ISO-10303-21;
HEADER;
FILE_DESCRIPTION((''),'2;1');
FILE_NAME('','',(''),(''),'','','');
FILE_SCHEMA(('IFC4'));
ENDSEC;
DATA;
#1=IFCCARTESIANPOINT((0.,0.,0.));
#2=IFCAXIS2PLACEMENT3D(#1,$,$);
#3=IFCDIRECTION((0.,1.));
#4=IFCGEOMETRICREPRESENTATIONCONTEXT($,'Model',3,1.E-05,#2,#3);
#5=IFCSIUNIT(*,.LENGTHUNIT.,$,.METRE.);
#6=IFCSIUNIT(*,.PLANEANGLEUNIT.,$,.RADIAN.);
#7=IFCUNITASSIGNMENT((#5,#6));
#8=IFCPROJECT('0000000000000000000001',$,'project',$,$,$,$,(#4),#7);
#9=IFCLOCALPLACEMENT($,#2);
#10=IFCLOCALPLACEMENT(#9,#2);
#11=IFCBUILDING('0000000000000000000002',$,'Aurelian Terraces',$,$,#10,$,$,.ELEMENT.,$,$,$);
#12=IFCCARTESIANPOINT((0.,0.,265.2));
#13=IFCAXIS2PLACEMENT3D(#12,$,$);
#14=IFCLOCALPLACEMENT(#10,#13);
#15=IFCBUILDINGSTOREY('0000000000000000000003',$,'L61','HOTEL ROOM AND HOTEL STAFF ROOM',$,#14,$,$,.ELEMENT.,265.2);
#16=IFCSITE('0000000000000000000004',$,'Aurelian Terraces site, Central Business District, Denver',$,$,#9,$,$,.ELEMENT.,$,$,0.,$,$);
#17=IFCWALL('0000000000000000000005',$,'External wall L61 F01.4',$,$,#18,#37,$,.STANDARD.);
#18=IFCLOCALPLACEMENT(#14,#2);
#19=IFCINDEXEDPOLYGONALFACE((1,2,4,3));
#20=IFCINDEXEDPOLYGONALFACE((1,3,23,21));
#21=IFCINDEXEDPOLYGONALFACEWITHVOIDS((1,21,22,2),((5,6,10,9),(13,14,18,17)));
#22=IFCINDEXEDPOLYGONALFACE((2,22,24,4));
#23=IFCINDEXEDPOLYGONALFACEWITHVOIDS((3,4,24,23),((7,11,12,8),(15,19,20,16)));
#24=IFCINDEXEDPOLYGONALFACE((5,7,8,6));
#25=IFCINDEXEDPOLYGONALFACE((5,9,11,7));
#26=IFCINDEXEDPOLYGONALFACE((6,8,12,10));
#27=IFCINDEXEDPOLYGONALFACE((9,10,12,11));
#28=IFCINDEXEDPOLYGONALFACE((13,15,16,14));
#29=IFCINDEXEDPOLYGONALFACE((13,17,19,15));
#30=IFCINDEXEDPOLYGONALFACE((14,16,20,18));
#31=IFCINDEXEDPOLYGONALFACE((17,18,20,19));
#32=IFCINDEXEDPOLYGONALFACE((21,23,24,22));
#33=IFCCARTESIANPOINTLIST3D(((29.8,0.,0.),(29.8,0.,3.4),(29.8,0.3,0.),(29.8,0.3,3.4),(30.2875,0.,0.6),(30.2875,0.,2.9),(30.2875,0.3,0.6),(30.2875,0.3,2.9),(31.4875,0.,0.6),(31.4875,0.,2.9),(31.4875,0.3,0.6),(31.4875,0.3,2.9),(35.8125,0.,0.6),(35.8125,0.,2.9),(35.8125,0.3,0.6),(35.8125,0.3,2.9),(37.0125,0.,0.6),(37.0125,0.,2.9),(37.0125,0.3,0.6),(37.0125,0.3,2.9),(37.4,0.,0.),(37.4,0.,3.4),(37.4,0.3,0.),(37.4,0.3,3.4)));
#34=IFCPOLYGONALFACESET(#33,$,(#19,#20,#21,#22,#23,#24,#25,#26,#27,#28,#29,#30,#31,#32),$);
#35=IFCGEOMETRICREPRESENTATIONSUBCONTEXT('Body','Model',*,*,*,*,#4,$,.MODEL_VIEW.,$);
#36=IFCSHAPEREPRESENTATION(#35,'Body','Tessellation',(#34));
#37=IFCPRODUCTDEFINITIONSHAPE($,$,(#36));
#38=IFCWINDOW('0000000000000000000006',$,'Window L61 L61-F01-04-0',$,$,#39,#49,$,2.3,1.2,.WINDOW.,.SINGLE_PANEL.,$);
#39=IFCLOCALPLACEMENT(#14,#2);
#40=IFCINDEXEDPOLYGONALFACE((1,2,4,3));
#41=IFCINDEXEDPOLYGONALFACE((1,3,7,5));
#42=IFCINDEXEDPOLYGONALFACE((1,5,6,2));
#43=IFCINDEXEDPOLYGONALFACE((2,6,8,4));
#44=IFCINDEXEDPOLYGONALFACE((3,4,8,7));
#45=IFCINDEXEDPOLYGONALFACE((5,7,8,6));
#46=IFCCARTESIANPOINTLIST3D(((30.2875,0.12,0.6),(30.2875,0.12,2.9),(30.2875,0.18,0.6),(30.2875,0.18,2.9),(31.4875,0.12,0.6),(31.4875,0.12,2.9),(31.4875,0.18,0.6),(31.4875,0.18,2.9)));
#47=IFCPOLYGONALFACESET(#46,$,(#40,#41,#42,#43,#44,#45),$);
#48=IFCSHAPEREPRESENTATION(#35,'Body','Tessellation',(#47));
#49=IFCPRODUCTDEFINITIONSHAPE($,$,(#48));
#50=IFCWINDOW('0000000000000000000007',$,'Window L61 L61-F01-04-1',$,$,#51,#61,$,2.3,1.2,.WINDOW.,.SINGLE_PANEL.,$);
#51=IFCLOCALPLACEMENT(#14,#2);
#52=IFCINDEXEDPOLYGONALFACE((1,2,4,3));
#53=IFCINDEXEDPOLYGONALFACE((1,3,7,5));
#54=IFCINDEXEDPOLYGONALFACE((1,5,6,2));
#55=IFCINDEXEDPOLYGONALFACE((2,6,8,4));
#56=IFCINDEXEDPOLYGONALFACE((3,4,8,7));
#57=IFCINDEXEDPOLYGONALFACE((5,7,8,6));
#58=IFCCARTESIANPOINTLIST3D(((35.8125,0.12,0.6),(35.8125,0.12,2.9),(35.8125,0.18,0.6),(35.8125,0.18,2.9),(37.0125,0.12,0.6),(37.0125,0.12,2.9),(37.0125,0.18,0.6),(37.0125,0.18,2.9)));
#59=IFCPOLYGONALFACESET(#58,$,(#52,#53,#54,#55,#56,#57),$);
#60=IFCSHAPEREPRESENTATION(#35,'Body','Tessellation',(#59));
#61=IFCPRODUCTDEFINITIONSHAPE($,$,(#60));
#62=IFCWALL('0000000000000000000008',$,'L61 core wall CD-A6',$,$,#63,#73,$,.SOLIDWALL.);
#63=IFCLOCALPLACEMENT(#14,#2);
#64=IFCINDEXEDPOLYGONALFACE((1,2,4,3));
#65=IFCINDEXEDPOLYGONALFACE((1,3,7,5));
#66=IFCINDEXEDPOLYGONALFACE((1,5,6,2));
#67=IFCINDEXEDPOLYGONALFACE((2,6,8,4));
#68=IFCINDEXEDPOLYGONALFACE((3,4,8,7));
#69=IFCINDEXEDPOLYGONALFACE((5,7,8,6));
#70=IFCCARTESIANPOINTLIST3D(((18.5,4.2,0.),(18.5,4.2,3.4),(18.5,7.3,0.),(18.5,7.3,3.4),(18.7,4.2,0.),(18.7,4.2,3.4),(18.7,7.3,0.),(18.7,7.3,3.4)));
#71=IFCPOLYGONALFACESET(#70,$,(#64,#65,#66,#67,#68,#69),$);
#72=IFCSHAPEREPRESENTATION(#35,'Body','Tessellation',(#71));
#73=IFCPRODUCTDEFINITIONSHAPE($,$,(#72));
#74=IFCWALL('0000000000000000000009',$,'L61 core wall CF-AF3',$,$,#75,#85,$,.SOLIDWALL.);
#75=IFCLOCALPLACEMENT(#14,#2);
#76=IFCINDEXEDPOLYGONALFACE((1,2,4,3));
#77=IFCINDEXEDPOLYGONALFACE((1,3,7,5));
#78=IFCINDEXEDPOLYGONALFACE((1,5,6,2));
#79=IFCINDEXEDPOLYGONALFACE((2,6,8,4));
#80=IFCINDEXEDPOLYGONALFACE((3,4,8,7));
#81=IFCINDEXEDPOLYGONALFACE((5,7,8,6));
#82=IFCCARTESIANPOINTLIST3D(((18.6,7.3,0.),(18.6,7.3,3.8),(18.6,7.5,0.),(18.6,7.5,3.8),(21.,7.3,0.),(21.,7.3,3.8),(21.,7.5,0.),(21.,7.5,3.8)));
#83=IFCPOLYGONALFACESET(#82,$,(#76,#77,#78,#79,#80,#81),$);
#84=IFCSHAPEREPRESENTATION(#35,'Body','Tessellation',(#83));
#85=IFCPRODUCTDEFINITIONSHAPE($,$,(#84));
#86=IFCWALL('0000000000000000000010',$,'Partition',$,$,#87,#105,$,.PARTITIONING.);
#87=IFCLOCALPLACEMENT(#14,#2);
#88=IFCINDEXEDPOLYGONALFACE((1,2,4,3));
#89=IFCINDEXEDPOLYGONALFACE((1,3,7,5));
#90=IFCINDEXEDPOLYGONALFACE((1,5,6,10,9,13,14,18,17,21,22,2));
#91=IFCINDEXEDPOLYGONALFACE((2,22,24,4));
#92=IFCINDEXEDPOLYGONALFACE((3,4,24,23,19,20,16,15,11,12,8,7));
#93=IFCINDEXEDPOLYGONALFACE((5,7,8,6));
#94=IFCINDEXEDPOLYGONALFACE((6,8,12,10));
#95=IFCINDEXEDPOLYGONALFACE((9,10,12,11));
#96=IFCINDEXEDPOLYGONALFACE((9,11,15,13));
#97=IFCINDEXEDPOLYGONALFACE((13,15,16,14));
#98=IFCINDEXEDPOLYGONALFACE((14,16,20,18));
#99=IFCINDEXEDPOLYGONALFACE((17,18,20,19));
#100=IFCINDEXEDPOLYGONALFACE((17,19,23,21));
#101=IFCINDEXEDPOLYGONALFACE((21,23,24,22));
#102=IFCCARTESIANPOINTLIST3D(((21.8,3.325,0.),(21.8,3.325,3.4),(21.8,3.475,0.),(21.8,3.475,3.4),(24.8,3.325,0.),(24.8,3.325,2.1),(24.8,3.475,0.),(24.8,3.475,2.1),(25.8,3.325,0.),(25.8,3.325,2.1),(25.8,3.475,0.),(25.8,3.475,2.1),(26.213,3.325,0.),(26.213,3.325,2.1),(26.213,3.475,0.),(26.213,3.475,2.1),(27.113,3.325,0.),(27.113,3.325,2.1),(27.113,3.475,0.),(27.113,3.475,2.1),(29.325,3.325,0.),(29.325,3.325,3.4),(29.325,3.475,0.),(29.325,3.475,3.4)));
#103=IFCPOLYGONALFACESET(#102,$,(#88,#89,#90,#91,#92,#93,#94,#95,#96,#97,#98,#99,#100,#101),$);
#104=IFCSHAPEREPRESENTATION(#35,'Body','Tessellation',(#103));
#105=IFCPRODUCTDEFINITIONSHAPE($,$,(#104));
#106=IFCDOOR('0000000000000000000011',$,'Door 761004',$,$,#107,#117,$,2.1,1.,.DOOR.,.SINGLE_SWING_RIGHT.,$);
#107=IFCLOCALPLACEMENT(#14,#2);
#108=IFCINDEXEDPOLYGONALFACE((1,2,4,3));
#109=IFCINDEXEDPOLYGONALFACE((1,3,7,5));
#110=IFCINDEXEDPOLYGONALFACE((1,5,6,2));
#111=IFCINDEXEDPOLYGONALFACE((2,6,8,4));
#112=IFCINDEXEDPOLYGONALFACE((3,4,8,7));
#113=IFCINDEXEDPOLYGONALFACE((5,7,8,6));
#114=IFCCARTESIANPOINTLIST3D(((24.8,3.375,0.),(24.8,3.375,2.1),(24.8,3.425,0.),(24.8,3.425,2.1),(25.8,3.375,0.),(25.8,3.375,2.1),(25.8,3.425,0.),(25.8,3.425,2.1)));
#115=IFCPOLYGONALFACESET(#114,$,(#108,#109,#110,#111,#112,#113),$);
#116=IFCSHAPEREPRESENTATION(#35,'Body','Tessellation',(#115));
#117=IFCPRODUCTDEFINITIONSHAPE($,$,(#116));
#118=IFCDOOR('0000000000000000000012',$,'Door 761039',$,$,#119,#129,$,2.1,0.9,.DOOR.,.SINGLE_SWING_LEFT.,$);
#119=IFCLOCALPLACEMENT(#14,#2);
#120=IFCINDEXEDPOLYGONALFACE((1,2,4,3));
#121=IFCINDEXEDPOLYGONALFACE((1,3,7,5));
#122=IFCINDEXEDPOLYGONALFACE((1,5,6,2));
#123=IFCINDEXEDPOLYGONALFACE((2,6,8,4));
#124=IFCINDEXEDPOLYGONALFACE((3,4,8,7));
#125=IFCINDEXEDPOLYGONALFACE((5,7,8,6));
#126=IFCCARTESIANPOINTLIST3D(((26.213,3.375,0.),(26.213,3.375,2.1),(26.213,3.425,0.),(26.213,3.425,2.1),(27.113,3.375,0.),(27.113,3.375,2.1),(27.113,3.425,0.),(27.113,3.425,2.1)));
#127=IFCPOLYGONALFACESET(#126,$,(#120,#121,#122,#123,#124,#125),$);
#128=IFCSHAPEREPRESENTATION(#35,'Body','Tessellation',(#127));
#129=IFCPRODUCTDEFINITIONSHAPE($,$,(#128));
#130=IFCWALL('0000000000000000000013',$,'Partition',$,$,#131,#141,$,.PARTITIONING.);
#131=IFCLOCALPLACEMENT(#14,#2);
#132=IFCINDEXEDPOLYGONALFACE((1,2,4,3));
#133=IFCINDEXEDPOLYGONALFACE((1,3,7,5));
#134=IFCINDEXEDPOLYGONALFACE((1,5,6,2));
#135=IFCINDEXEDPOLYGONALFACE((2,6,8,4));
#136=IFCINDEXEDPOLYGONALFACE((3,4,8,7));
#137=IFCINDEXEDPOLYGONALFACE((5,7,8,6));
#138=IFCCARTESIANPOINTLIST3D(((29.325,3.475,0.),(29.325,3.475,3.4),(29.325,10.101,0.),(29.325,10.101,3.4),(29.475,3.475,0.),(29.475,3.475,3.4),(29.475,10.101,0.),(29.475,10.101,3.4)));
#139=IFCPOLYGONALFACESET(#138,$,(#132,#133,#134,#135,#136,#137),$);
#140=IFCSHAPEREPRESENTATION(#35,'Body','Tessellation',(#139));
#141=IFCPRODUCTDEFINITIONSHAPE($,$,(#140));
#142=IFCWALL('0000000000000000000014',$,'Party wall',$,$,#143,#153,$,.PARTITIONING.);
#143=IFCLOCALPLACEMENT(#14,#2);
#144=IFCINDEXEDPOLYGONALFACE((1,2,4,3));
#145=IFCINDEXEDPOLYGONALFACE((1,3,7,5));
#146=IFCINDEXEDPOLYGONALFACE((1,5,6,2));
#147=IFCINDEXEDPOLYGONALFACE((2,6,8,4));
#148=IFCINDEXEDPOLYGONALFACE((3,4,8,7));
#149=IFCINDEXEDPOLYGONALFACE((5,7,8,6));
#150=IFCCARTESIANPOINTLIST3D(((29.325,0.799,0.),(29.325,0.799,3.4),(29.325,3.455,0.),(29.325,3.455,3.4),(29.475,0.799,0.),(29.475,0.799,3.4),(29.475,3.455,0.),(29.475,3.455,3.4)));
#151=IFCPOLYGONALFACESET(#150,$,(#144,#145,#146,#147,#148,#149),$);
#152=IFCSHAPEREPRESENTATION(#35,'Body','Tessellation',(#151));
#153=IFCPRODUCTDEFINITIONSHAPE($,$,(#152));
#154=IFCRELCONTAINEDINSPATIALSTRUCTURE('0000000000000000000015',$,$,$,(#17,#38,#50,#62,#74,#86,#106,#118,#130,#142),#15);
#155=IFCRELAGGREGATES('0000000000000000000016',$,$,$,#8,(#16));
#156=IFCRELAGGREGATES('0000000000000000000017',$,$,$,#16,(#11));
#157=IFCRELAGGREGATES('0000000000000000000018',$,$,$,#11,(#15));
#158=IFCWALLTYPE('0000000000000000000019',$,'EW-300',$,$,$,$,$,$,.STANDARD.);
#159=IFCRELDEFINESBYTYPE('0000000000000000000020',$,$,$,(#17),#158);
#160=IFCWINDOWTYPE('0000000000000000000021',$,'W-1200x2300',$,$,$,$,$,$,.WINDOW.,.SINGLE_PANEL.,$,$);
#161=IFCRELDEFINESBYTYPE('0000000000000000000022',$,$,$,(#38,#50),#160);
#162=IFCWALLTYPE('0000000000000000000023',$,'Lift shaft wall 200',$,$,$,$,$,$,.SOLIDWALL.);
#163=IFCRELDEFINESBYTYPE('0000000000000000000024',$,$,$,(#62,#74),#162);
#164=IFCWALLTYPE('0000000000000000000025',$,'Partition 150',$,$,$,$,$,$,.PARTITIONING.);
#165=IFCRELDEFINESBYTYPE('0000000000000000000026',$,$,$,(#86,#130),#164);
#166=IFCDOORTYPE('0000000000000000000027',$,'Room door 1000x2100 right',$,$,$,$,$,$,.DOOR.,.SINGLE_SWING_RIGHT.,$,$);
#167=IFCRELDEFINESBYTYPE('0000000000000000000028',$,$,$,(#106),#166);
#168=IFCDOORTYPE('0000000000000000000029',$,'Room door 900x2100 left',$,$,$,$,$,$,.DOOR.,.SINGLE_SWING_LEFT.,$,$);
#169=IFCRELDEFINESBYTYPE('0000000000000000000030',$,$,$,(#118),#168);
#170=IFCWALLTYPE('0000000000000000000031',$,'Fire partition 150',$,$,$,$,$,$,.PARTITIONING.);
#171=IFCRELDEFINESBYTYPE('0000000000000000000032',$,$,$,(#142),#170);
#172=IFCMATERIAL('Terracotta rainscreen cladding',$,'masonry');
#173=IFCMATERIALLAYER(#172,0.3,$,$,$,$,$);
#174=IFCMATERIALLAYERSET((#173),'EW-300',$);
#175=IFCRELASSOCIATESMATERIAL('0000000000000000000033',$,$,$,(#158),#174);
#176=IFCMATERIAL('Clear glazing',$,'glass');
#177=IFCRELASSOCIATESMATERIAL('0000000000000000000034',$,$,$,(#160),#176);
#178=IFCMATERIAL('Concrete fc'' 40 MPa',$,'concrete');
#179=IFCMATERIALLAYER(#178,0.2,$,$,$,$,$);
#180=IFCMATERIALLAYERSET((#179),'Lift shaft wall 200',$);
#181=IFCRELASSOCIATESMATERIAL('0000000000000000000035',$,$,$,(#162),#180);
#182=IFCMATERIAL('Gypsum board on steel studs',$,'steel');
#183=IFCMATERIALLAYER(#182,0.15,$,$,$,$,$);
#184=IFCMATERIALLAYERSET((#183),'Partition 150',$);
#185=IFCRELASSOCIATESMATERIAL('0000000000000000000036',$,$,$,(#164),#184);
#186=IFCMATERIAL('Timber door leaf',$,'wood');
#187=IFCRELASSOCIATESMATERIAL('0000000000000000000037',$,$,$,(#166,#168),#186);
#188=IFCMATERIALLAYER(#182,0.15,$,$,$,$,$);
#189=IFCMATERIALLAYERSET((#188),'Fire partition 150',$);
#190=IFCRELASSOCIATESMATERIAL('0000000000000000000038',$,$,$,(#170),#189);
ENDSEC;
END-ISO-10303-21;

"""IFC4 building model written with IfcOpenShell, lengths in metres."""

from ifc_helpers import new_model, si_unit, direction, frame, frame_2d, origin, place, context, subcontext, project, spatial, rectangle, extrude, source, transform, mapped, material, layer, layer_set, type_object, element, fill, save


model = new_model("IFC4")

# Units and contexts
model_context = context("Model", 3, precision=1e-05, world=origin(), true_north=direction((0.0, 1.0)))
body_context = subcontext(model_context, "Body", "Model", "MODEL_VIEW")
ifc_project = project(units=[si_unit("LENGTHUNIT", "METRE"), si_unit("PLANEANGLEUNIT", "RADIAN")], contexts=[model_context])

# Site, building, storey
site_placement = place(None, origin())
site = spatial("IfcSite", under=ifc_project, at=site_placement, Name="Aurelian Terraces site, Central Business District, Denver", CompositionType="ELEMENT", RefElevation=0.0)
building_placement = place(site_placement, origin())
building = spatial("IfcBuilding", under=site, at=building_placement, Name="Aurelian Terraces", CompositionType="ELEMENT")
storey_placement = place(building_placement, frame((0.0, 0.0, 265.2)))
storey = spatial("IfcBuildingStorey", under=building, at=storey_placement, Name="L61", Description="HOTEL ROOM AND HOTEL STAFF ROOM", CompositionType="ELEMENT", Elevation=265.2)

# Wall, openings, windows
ifc_material_1 = material(Name="Terracotta rainscreen cladding", Category="masonry")
ifc_layer_1 = layer(ifc_material_1, 0.3)
ifc_layer_set_1 = layer_set([ifc_layer_1], Name="EW-300")
wall_type_1 = type_object("IfcWallType", Name="EW-300", PredefinedType="STANDARD", material=ifc_layer_set_1)
shared_shape_1 = source(origin(), body_context, "Body", "SweptSolid", [
    extrude(rectangle(XDim=7.6, YDim=0.3, at=frame_2d((3.8, 0.0))), origin(), (0.0, 0.0, 1.0), 3.4),
])
ifc_material_2 = material(Name="Clear glazing", Category="glass")
wall_1_placement = place(storey_placement, frame((29.8, 0.15, 0.0), z_axis=(0.0, 0.0, 1.0), x_axis=(1.0, 0.0, 0.0)))
wall_1 = element("IfcWall", 1, at=wall_1_placement, inside=storey, type_object=wall_type_1, Name="External wall L61 F01.4", PredefinedType="STANDARD", context=body_context, shape_type="MappedRepresentation", body=[
    mapped(shared_shape_1, transform((0.0, 0.0, 0.0), scale=1.0)),
])
shared_shape_2 = source(origin(), body_context, "Body", "SweptSolid", [
    extrude(rectangle(XDim=1.2, YDim=2.3, at=frame_2d((0.6, 1.15))), frame((0.0, 0.16, 0.0), z_axis=(0.0, -1.0, 0.0), x_axis=(1.0, 0.0, 0.0)), (0.0, 0.0, 1.0), 0.32),
])
opening_1_placement = place(wall_1_placement, frame((0.4875, 0.0, 0.6)))
opening_1 = element("IfcOpeningElement", 2, at=opening_1_placement, cuts=wall_1, PredefinedType="OPENING", context=body_context, shape_type="MappedRepresentation", body=[
    mapped(shared_shape_2, transform((0.0, 0.0, 0.0), scale=1.0)),
])
opening_2_placement = place(wall_1_placement, frame((6.0125, 0.0, 0.6)))
opening_2 = element("IfcOpeningElement", 3, at=opening_2_placement, cuts=wall_1, PredefinedType="OPENING", context=body_context, shape_type="MappedRepresentation", body=[
    mapped(shared_shape_2, transform((0.0, 0.0, 0.0), scale=1.0)),
])
window_type_1 = type_object("IfcWindowType", Name="W-1200x2300", PartitioningType="SINGLE_PANEL", PredefinedType="WINDOW", material=ifc_material_2)
shared_shape_3 = source(origin(), body_context, "Body", "SweptSolid", [
    extrude(rectangle(XDim=1.2, YDim=2.3, at=frame_2d((0.6, 1.15))), frame((0.0, 0.03, 0.0), z_axis=(0.0, -1.0, 0.0), x_axis=(1.0, 0.0, 0.0)), (0.0, 0.0, 1.0), 0.06),
])
window_1_placement = place(opening_1_placement, origin())
window_1 = element("IfcWindow", 4, at=window_1_placement, inside=storey, type_object=window_type_1, Name="Window L61 L61-F01-04-0", OverallHeight=2.3, OverallWidth=1.2, PartitioningType="SINGLE_PANEL", PredefinedType="WINDOW", context=body_context, shape_type="MappedRepresentation", body=[
    mapped(shared_shape_3, transform((0.0, 0.0, 0.0), scale=1.0)),
])
fill(opening_1, window_1)
window_2_placement = place(opening_2_placement, origin())
window_2 = element("IfcWindow", 5, at=window_2_placement, inside=storey, type_object=window_type_1, Name="Window L61 L61-F01-04-1", OverallHeight=2.3, OverallWidth=1.2, PartitioningType="SINGLE_PANEL", PredefinedType="WINDOW", context=body_context, shape_type="MappedRepresentation", body=[
    mapped(shared_shape_3, transform((0.0, 0.0, 0.0), scale=1.0)),
])
fill(opening_2, window_2)

# Walls
ifc_material_3 = material(Name="Concrete fc' 40 MPa", Category="concrete")
ifc_layer_2 = layer(ifc_material_3, 0.2)
ifc_layer_set_2 = layer_set([ifc_layer_2], Name="Lift shaft wall 200")
wall_type_2 = type_object("IfcWallType", Name="Lift shaft wall 200", PredefinedType="SOLIDWALL", material=ifc_layer_set_2)
shared_shape_4 = source(origin(), body_context, "Body", "SweptSolid", [
    extrude(rectangle(XDim=3.1, YDim=0.2, at=frame_2d((1.55, 0.0))), origin(), (0.0, 0.0, 1.0), 3.4),
])
wall_2_placement = place(storey_placement, frame((18.6, 4.2, 0.0), z_axis=(0.0, 0.0, 1.0), x_axis=(0.0, 1.0, 0.0)))
element("IfcWall", 6, at=wall_2_placement, inside=storey, type_object=wall_type_2, Name="L61 core wall CD-A6", PredefinedType="SOLIDWALL", context=body_context, shape_type="MappedRepresentation", body=[
    mapped(shared_shape_4, transform((0.0, 0.0, 0.0), scale=1.0)),
])
shared_shape_5 = source(origin(), body_context, "Body", "SweptSolid", [
    extrude(rectangle(XDim=2.4, YDim=0.2, at=frame_2d((1.2, 0.0))), origin(), (0.0, 0.0, 1.0), 3.8),
])
wall_3_placement = place(storey_placement, frame((18.6, 7.4, 0.0), z_axis=(0.0, 0.0, 1.0), x_axis=(1.0, 0.0, 0.0)))
element("IfcWall", 7, at=wall_3_placement, inside=storey, type_object=wall_type_2, Name="L61 core wall CF-AF3", PredefinedType="SOLIDWALL", context=body_context, shape_type="MappedRepresentation", body=[
    mapped(shared_shape_5, transform((0.0, 0.0, 0.0), scale=1.0)),
])

# Wall, openings, doors
ifc_material_4 = material(Name="Gypsum board on steel studs", Category="steel")
ifc_layer_3 = layer(ifc_material_4, 0.15)
ifc_layer_set_3 = layer_set([ifc_layer_3], Name="Partition 150")
wall_type_3 = type_object("IfcWallType", Name="Partition 150", PredefinedType="PARTITIONING", material=ifc_layer_set_3)
shared_shape_6 = source(origin(), body_context, "Body", "SweptSolid", [
    extrude(rectangle(XDim=7.525, YDim=0.15, at=frame_2d((3.7625, 0.0))), origin(), (0.0, 0.0, 1.0), 3.4),
])
wall_4_placement = place(storey_placement, frame((21.8, 3.4, 0.0), z_axis=(0.0, 0.0, 1.0), x_axis=(1.0, 0.0, 0.0)))
wall_4 = element("IfcWall", 8, at=wall_4_placement, inside=storey, type_object=wall_type_3, Name="Partition", PredefinedType="PARTITIONING", context=body_context, shape_type="MappedRepresentation", body=[
    mapped(shared_shape_6, transform((0.0, 0.0, 0.0), scale=1.0)),
])
shared_shape_7 = source(origin(), body_context, "Body", "SweptSolid", [
    extrude(rectangle(XDim=1.0, YDim=2.1, at=frame_2d((0.5, 1.05))), frame((0.0, 0.085, 0.0), z_axis=(0.0, -1.0, 0.0), x_axis=(1.0, 0.0, 0.0)), (0.0, 0.0, 1.0), 0.17),
])
opening_3_placement = place(wall_4_placement, frame((3.0, 0.0, 0.0)))
opening_3 = element("IfcOpeningElement", 9, at=opening_3_placement, cuts=wall_4, PredefinedType="OPENING", context=body_context, shape_type="MappedRepresentation", body=[
    mapped(shared_shape_7, transform((0.0, 0.0, 0.0), scale=1.0)),
])
shared_shape_8 = source(origin(), body_context, "Body", "SweptSolid", [
    extrude(rectangle(XDim=0.9, YDim=2.1, at=frame_2d((0.45, 1.05))), frame((0.0, 0.085, 0.0), z_axis=(0.0, -1.0, 0.0), x_axis=(1.0, 0.0, 0.0)), (0.0, 0.0, 1.0), 0.17),
])
opening_4_placement = place(wall_4_placement, frame((4.413, 0.0, 0.0)))
opening_4 = element("IfcOpeningElement", 10, at=opening_4_placement, cuts=wall_4, PredefinedType="OPENING", context=body_context, shape_type="MappedRepresentation", body=[
    mapped(shared_shape_8, transform((0.0, 0.0, 0.0), scale=1.0)),
])
ifc_material_5 = material(Name="Timber door leaf", Category="wood")
door_type_1 = type_object("IfcDoorType", Name="Room door 1000x2100 right", OperationType="SINGLE_SWING_RIGHT", PredefinedType="DOOR", material=ifc_material_5)
shared_shape_9 = source(origin(), body_context, "Body", "SweptSolid", [
    extrude(rectangle(XDim=1.0, YDim=2.1, at=frame_2d((0.5, 1.05))), frame((0.0, 0.025, 0.0), z_axis=(0.0, -1.0, 0.0), x_axis=(1.0, 0.0, 0.0)), (0.0, 0.0, 1.0), 0.05),
])
door_1_placement = place(opening_3_placement, origin())
door_1 = element("IfcDoor", 11, at=door_1_placement, inside=storey, type_object=door_type_1, Name="Door 761004", OperationType="SINGLE_SWING_RIGHT", OverallHeight=2.1, OverallWidth=1.0, PredefinedType="DOOR", context=body_context, shape_type="MappedRepresentation", body=[
    mapped(shared_shape_9, transform((0.0, 0.0, 0.0), scale=1.0)),
])
fill(opening_3, door_1)
door_type_2 = type_object("IfcDoorType", Name="Room door 900x2100 left", OperationType="SINGLE_SWING_LEFT", PredefinedType="DOOR", material=ifc_material_5)
shared_shape_10 = source(origin(), body_context, "Body", "SweptSolid", [
    extrude(rectangle(XDim=0.9, YDim=2.1, at=frame_2d((0.45, 1.05))), frame((0.0, 0.025, 0.0), z_axis=(0.0, -1.0, 0.0), x_axis=(1.0, 0.0, 0.0)), (0.0, 0.0, 1.0), 0.05),
])
door_2_placement = place(opening_4_placement, origin())
door_2 = element("IfcDoor", 12, at=door_2_placement, inside=storey, type_object=door_type_2, Name="Door 761039", OperationType="SINGLE_SWING_LEFT", OverallHeight=2.1, OverallWidth=0.9, PredefinedType="DOOR", context=body_context, shape_type="MappedRepresentation", body=[
    mapped(shared_shape_10, transform((0.0, 0.0, 0.0), scale=1.0)),
])
fill(opening_4, door_2)

# Walls
shared_shape_11 = source(origin(), body_context, "Body", "SweptSolid", [
    extrude(rectangle(XDim=6.626, YDim=0.15, at=frame_2d((3.313, 0.0))), origin(), (0.0, 0.0, 1.0), 3.4),
])
wall_5_placement = place(storey_placement, frame((29.4, 3.475, 0.0), z_axis=(0.0, 0.0, 1.0), x_axis=(0.0, 1.0, 0.0)))
element("IfcWall", 13, at=wall_5_placement, inside=storey, type_object=wall_type_3, Name="Partition", PredefinedType="PARTITIONING", context=body_context, shape_type="MappedRepresentation", body=[
    mapped(shared_shape_11, transform((0.0, 0.0, 0.0), scale=1.0)),
])
ifc_layer_4 = layer(ifc_material_4, 0.15)
ifc_layer_set_4 = layer_set([ifc_layer_4], Name="Fire partition 150")
wall_type_4 = type_object("IfcWallType", Name="Fire partition 150", PredefinedType="PARTITIONING", material=ifc_layer_set_4)
shared_shape_12 = source(origin(), body_context, "Body", "SweptSolid", [
    extrude(rectangle(XDim=2.656, YDim=0.15, at=frame_2d((1.328, 0.0))), origin(), (0.0, 0.0, 1.0), 3.4),
])
wall_6_placement = place(storey_placement, frame((29.4, 0.799, 0.0), z_axis=(0.0, 0.0, 1.0), x_axis=(0.0, 1.0, 0.0)))
element("IfcWall", 14, at=wall_6_placement, inside=storey, type_object=wall_type_4, Name="Party wall", PredefinedType="PARTITIONING", context=body_context, shape_type="MappedRepresentation", body=[
    mapped(shared_shape_12, transform((0.0, 0.0, 0.0), scale=1.0)),
])

save(model, "model.ifc")
